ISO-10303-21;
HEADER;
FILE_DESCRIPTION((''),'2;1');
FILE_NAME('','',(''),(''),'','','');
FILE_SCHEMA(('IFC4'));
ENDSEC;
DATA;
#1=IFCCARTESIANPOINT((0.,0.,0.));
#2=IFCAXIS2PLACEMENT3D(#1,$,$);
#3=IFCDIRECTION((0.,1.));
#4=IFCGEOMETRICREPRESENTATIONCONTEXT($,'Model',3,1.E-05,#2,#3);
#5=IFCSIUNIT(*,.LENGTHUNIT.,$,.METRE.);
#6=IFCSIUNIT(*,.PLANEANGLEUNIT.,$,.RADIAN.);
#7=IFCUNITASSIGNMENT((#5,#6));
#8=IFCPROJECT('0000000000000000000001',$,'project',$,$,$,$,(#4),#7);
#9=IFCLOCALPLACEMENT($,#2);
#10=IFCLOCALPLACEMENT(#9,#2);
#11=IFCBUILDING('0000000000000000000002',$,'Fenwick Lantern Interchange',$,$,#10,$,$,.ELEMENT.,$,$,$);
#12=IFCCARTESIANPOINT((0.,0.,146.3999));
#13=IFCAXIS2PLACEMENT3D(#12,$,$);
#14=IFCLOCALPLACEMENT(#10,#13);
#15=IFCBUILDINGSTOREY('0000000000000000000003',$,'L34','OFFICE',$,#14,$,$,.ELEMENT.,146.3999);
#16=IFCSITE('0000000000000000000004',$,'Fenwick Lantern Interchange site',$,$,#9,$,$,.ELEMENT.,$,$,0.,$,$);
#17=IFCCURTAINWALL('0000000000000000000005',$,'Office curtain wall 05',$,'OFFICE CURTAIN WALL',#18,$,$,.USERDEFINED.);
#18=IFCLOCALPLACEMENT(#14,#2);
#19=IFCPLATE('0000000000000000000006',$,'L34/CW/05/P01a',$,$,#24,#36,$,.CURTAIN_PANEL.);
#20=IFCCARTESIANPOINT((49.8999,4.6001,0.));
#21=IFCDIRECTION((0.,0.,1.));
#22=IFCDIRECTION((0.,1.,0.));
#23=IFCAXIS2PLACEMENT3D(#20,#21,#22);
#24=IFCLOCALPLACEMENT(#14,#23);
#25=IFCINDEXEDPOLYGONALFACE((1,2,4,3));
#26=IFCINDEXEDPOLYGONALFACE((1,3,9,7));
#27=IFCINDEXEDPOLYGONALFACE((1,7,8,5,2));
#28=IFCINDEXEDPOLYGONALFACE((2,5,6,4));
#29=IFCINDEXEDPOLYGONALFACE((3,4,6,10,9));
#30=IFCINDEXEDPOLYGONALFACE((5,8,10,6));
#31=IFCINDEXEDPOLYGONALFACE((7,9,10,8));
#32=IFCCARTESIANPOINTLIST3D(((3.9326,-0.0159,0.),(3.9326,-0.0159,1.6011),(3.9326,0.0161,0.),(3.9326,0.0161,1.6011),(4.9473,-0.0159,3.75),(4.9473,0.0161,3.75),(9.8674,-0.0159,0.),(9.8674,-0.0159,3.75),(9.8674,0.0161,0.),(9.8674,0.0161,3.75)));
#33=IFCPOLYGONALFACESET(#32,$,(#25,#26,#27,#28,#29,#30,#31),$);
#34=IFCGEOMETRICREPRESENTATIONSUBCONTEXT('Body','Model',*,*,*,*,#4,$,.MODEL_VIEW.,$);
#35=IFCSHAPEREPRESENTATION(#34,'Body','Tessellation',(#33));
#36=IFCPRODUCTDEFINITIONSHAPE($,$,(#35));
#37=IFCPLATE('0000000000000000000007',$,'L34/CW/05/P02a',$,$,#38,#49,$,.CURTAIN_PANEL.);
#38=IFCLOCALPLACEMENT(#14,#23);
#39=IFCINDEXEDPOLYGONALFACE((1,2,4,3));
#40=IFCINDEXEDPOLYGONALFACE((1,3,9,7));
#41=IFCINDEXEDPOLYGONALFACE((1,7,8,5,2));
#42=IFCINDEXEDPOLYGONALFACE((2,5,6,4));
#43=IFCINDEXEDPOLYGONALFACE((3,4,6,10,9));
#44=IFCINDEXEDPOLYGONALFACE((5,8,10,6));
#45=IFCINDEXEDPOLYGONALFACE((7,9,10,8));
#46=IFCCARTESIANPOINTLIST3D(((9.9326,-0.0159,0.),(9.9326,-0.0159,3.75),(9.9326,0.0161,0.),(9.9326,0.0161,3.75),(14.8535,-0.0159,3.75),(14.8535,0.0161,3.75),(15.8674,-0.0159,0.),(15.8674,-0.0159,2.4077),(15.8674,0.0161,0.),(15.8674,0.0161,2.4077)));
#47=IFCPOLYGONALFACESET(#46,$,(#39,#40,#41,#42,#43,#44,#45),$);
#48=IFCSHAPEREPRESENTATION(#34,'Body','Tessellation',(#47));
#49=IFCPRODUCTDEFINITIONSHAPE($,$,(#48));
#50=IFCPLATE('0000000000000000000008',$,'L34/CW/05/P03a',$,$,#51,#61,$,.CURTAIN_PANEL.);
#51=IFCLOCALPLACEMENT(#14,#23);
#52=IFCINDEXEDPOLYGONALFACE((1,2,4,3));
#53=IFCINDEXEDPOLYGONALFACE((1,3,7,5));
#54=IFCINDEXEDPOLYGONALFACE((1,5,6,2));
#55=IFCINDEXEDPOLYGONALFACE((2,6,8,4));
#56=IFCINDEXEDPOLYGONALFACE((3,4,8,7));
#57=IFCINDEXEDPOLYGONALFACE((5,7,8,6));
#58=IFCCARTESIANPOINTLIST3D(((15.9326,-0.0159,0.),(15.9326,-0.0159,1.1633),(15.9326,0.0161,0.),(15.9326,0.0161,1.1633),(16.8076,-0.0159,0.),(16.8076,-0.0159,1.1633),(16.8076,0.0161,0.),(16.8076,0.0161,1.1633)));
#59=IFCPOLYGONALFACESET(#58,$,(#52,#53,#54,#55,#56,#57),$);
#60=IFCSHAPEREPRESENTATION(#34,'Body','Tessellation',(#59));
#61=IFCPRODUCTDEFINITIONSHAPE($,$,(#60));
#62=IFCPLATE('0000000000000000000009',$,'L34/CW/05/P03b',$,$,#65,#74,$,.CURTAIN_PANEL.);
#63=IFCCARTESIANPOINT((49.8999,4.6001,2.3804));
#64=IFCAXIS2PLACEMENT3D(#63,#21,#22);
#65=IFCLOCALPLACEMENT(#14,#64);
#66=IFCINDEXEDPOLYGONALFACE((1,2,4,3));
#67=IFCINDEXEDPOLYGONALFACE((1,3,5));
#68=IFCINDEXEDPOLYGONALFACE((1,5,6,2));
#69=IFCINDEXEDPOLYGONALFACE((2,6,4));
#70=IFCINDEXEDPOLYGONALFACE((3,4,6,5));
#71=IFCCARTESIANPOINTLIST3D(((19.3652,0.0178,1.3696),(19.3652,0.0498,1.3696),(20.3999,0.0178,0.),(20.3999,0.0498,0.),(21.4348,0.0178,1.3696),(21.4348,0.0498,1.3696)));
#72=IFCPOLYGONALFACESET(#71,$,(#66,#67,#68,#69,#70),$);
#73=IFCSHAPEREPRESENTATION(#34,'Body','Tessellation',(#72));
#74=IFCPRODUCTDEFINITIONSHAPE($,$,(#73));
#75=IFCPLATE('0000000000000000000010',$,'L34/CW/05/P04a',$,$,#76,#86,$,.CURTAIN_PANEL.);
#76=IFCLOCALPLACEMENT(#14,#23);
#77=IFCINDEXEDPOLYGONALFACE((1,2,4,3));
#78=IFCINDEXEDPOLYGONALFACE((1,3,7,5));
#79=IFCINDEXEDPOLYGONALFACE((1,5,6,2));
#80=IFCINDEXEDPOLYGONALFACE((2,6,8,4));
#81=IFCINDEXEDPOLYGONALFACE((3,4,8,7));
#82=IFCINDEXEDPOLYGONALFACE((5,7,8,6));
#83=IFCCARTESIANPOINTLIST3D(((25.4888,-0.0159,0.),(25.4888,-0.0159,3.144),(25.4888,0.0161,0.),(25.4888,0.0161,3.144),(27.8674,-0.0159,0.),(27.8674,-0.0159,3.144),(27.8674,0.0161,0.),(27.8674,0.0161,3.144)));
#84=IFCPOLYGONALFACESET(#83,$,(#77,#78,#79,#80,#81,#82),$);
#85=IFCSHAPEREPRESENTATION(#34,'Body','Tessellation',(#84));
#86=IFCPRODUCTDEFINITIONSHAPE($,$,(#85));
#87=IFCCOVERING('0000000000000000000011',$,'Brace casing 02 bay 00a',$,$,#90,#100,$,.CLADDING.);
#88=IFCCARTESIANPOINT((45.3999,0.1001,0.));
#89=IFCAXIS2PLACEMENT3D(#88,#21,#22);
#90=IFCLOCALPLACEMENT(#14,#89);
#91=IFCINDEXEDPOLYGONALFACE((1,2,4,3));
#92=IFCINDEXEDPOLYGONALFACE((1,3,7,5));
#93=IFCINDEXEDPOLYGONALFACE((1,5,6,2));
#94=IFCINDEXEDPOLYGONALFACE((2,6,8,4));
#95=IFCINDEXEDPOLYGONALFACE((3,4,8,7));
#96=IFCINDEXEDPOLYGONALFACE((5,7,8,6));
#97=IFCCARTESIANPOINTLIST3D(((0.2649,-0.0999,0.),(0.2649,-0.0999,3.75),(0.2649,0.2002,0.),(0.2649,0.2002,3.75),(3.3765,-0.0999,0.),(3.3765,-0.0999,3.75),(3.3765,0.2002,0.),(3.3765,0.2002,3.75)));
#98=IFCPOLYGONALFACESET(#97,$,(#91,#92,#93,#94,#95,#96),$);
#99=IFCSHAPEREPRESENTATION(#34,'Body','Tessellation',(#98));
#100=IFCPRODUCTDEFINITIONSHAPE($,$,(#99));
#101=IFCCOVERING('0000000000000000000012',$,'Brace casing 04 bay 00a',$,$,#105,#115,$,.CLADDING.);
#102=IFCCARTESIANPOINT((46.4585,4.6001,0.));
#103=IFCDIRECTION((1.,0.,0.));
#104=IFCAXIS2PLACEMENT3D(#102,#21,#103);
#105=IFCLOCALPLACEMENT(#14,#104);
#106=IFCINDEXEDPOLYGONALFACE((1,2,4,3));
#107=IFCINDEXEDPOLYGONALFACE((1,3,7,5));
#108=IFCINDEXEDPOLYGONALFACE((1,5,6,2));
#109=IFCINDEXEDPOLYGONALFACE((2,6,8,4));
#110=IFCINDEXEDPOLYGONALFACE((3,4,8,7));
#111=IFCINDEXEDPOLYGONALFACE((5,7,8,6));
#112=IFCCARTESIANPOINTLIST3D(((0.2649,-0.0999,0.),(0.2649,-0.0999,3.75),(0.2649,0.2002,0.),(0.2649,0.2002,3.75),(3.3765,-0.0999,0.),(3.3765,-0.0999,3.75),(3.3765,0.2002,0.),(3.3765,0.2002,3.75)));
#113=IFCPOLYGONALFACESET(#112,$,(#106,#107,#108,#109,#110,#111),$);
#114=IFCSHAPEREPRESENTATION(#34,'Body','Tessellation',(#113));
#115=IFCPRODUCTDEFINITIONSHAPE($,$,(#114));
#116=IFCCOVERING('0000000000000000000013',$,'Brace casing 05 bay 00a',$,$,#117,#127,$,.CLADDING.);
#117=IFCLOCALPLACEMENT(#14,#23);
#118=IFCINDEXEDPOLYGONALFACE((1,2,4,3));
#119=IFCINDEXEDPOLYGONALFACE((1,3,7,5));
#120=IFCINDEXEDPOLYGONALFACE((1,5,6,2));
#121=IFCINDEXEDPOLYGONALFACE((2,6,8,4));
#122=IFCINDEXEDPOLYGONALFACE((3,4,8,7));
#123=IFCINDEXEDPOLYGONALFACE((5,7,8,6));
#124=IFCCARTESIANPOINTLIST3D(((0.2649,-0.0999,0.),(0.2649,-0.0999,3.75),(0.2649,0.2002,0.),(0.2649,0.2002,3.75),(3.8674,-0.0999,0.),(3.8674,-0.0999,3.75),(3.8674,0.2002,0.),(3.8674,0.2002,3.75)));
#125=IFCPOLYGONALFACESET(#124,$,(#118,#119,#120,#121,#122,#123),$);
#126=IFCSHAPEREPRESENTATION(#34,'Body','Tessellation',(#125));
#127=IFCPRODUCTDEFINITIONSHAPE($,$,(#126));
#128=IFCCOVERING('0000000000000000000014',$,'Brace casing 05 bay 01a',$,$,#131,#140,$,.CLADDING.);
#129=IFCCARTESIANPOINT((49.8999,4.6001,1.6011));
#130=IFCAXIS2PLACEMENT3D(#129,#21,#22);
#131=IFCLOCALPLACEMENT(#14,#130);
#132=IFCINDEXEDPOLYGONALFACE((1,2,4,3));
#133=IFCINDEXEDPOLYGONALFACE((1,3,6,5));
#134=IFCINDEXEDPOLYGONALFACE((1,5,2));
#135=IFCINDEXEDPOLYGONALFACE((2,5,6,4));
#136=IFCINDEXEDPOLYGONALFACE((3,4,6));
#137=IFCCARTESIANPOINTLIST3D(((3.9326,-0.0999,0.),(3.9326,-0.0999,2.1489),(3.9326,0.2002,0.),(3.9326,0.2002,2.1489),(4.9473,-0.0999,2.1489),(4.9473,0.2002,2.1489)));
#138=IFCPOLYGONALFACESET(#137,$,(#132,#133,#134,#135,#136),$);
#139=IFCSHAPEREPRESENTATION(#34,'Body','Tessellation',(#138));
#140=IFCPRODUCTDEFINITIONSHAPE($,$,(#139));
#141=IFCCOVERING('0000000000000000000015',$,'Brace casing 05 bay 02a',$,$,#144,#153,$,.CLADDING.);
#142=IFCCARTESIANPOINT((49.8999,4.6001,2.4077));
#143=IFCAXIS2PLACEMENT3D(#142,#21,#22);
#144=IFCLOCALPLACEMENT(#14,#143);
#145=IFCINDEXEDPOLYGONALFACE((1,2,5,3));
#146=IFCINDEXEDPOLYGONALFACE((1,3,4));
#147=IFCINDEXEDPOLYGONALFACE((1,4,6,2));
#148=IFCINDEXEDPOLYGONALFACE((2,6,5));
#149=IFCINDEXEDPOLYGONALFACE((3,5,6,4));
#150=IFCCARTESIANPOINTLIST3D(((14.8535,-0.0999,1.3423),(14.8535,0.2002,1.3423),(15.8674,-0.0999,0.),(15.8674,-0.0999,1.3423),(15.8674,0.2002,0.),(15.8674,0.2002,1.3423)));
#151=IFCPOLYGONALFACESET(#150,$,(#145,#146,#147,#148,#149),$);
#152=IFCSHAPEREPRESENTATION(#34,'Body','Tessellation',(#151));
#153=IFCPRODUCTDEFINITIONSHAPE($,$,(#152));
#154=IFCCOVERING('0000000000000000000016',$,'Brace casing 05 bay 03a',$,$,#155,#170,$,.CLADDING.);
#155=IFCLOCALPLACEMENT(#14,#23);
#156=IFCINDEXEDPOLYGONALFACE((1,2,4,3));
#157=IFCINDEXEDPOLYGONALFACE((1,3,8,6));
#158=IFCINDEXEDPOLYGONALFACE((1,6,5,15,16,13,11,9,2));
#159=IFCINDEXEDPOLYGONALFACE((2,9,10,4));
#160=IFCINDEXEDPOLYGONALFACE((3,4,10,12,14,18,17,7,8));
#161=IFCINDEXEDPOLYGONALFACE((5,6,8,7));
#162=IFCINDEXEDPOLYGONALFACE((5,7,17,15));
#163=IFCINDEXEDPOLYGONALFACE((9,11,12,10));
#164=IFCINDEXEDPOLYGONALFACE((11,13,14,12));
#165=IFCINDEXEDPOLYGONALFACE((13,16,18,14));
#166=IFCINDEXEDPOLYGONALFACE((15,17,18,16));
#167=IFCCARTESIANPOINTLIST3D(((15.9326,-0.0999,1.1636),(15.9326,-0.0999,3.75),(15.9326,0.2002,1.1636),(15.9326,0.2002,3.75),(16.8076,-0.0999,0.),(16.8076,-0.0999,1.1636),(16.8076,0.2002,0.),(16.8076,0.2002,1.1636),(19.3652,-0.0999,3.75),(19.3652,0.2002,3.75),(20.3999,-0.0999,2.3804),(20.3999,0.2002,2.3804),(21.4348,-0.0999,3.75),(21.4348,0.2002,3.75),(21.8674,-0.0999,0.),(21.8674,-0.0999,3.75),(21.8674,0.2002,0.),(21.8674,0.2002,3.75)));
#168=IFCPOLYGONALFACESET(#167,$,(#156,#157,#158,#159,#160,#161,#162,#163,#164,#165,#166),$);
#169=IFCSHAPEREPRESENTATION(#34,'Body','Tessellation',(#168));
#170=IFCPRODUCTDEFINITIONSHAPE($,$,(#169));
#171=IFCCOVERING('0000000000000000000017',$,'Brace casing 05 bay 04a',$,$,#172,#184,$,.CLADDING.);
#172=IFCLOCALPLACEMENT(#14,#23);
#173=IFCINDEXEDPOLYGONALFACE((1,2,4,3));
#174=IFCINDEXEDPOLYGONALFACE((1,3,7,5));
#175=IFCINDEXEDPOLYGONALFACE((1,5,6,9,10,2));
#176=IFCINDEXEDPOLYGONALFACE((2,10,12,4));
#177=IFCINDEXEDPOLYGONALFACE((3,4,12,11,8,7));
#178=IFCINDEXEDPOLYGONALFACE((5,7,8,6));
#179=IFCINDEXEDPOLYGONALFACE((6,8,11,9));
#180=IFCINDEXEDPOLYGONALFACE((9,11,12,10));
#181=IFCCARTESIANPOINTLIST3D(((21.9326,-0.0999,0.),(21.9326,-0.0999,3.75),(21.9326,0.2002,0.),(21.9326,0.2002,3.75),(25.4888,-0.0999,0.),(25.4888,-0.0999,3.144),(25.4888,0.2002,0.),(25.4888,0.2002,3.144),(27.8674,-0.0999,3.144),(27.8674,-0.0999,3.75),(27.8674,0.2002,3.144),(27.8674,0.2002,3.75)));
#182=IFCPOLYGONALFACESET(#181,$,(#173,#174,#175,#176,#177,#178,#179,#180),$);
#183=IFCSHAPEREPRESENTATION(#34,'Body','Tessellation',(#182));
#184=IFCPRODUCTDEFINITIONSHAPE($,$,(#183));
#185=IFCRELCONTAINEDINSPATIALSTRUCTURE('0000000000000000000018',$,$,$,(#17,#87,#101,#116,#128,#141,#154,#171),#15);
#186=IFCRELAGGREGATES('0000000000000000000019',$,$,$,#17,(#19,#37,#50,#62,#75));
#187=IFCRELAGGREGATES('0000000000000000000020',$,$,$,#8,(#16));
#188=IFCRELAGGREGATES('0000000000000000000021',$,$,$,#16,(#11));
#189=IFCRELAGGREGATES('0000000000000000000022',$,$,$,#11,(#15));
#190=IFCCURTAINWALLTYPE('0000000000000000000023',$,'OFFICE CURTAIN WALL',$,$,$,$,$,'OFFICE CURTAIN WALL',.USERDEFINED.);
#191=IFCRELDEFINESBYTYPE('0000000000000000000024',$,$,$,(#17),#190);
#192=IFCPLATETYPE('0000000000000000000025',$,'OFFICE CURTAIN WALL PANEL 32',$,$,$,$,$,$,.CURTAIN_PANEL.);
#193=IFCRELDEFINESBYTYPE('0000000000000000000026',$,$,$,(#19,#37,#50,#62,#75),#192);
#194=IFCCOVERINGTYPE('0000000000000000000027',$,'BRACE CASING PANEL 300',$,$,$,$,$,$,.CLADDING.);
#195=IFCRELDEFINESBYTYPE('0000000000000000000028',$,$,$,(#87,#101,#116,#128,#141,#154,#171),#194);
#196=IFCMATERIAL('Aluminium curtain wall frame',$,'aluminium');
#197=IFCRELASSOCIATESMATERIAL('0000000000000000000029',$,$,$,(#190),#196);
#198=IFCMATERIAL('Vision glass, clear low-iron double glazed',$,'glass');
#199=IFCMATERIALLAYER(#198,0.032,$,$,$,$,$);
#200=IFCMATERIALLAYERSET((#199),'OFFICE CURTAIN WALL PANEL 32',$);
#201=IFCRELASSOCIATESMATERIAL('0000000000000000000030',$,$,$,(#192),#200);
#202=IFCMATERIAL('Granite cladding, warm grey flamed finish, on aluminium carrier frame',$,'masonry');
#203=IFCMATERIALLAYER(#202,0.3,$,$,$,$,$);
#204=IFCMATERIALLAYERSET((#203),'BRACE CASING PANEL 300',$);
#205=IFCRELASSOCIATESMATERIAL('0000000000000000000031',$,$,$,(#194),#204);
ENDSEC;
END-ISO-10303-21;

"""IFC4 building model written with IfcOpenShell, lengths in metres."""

from ifc_helpers import new_model, si_unit, direction, frame, origin, place, context, subcontext, project, spatial, polyline, outline, extrude, material, layer, layer_set, type_object, element, aggregate, save


model = new_model("IFC4")

# Units and contexts
model_context = context("Model", 3, precision=1e-05, world=origin(), true_north=direction((0.0, 1.0)))
body_context = subcontext(model_context, "Body", "Model", "MODEL_VIEW")
ifc_project = project(units=[si_unit("LENGTHUNIT", "METRE"), si_unit("PLANEANGLEUNIT", "RADIAN")], contexts=[model_context])

# Site, building, storey
site_placement = place(None, origin())
site = spatial("IfcSite", under=ifc_project, at=site_placement, Name="Fenwick Lantern Interchange site", CompositionType="ELEMENT", RefElevation=0.0)
building_placement = place(site_placement, origin())
building = spatial("IfcBuilding", under=site, at=building_placement, Name="Fenwick Lantern Interchange", CompositionType="ELEMENT")
storey_placement = place(building_placement, frame((0.0, 0.0, 146.3999)))
storey = spatial("IfcBuildingStorey", under=building, at=storey_placement, Name="L34", Description="OFFICE", CompositionType="ELEMENT", Elevation=146.3999)

# Shared definitions
ifc_material_1 = material(Name="Aluminium curtain wall frame", Category="aluminium")
curtain_wall_type = type_object("IfcCurtainWallType", Name="OFFICE CURTAIN WALL", ElementType="OFFICE CURTAIN WALL", PredefinedType="USERDEFINED", material=ifc_material_1)

# Shared definitions
ifc_material_2 = material(Name="Vision glass, clear low-iron double glazed", Category="glass")
ifc_layer_1 = layer(ifc_material_2, 0.032)
ifc_layer_set_1 = layer_set([ifc_layer_1], Name="OFFICE CURTAIN WALL PANEL 32")
plate_type = type_object("IfcPlateType", Name="OFFICE CURTAIN WALL PANEL 32", PredefinedType="CURTAIN_PANEL", material=ifc_layer_set_1)

# Curtain wall, plates
curtain_wall_1_placement = place(storey_placement, origin())
curtain_wall_1 = element("IfcCurtainWall", 1, at=curtain_wall_1_placement, inside=storey, type_object=curtain_wall_type, Name="Office curtain wall 05", ObjectType="OFFICE CURTAIN WALL", PredefinedType="USERDEFINED")
plate_1_placement = place(storey_placement, frame((49.8999, 4.6001, 0.0), z_axis=(0.0, 0.0, 1.0), x_axis=(0.0, 1.0, 0.0)))
plate_1 = element("IfcPlate", 2, at=plate_1_placement, type_object=plate_type, Name="L34/CW/05/P01a", PredefinedType="CURTAIN_PANEL", context=body_context, shape_type="SweptSolid", body=[
    extrude(outline(polyline([(3.9326, 0.0), (9.8674, 0.0), (9.8674, 3.75), (4.9473, 3.75), (3.9326, 1.6011), (3.9326, 0.0)])), frame((0.0, 0.0161, 0.0), z_axis=(0.0, -1.0, 0.0), x_axis=(1.0, 0.0, 0.0)), (0.0, 0.0, 1.0), 0.032),
])
plate_2_placement = place(storey_placement, frame((49.8999, 4.6001, 0.0), z_axis=(0.0, 0.0, 1.0), x_axis=(0.0, 1.0, 0.0)))
plate_2 = element("IfcPlate", 3, at=plate_2_placement, type_object=plate_type, Name="L34/CW/05/P02a", PredefinedType="CURTAIN_PANEL", context=body_context, shape_type="SweptSolid", body=[
    extrude(outline(polyline([(9.9326, 0.0), (15.8674, 0.0), (15.8674, 2.4077), (14.8535, 3.75), (9.9326, 3.75), (9.9326, 0.0)])), frame((0.0, 0.0161, 0.0), z_axis=(0.0, -1.0, 0.0), x_axis=(1.0, 0.0, 0.0)), (0.0, 0.0, 1.0), 0.032),
])
plate_3_placement = place(storey_placement, frame((49.8999, 4.6001, 0.0), z_axis=(0.0, 0.0, 1.0), x_axis=(0.0, 1.0, 0.0)))
plate_3 = element("IfcPlate", 4, at=plate_3_placement, type_object=plate_type, Name="L34/CW/05/P03a", PredefinedType="CURTAIN_PANEL", context=body_context, shape_type="SweptSolid", body=[
    extrude(outline(polyline([(15.9326, 0.0), (16.8076, 0.0), (16.8076, 1.1633), (15.9326, 1.1633), (15.9326, 0.0)])), frame((0.0, 0.0161, 0.0), z_axis=(0.0, -1.0, 0.0), x_axis=(1.0, 0.0, 0.0)), (0.0, 0.0, 1.0), 0.032),
])
plate_4_placement = place(storey_placement, frame((49.8999, 4.6001, 2.3804), z_axis=(0.0, 0.0, 1.0), x_axis=(0.0, 1.0, 0.0)))
plate_4 = element("IfcPlate", 5, at=plate_4_placement, type_object=plate_type, Name="L34/CW/05/P03b", PredefinedType="CURTAIN_PANEL", context=body_context, shape_type="SweptSolid", body=[
    extrude(outline(polyline([(20.3999, 0.0), (21.4348, 1.3696), (19.3652, 1.3696), (20.3999, 0.0)])), frame((0.0, 0.0498, 0.0), z_axis=(0.0, -1.0, 0.0), x_axis=(1.0, 0.0, 0.0)), (0.0, 0.0, 1.0), 0.032),
])
plate_5_placement = place(storey_placement, frame((49.8999, 4.6001, 0.0), z_axis=(0.0, 0.0, 1.0), x_axis=(0.0, 1.0, 0.0)))
plate_5 = element("IfcPlate", 6, at=plate_5_placement, type_object=plate_type, Name="L34/CW/05/P04a", PredefinedType="CURTAIN_PANEL", context=body_context, shape_type="SweptSolid", body=[
    extrude(outline(polyline([(25.4888, 0.0), (27.8674, 0.0), (27.8674, 3.144), (25.4888, 3.144), (25.4888, 0.0)])), frame((0.0, 0.0161, 0.0), z_axis=(0.0, -1.0, 0.0), x_axis=(1.0, 0.0, 0.0)), (0.0, 0.0, 1.0), 0.032),
])
aggregate(curtain_wall_1, [plate_1, plate_2, plate_3, plate_4, plate_5])

# Coverings
ifc_material_3 = material(Name="Granite cladding, warm grey flamed finish, on aluminium carrier frame", Category="masonry")
ifc_layer_2 = layer(ifc_material_3, 0.3)
ifc_layer_set_2 = layer_set([ifc_layer_2], Name="BRACE CASING PANEL 300")
covering_type = type_object("IfcCoveringType", Name="BRACE CASING PANEL 300", PredefinedType="CLADDING", material=ifc_layer_set_2)
for number, where, z_axis, x_axis, name in (
    (7, (45.3999, 0.1001, 0.0), (0.0, 0.0, 1.0), (0.0, 1.0, 0.0), "Brace casing 02 bay 00a"),
    (8, (46.4585, 4.6001, 0.0), (0.0, 0.0, 1.0), (1.0, 0.0, 0.0), "Brace casing 04 bay 00a"),
):
    element("IfcCovering", number, at=place(storey_placement, frame(where, z_axis=z_axis, x_axis=x_axis)), inside=storey, type_object=covering_type, Name=name, PredefinedType="CLADDING", context=body_context, shape_type="SweptSolid", body=[
        extrude(outline(polyline([(0.2649, 0.0), (3.3765, 0.0), (3.3765, 3.75), (0.2649, 3.75), (0.2649, 0.0)])), frame((0.0, 0.2002, 0.0), z_axis=(0.0, -1.0, 0.0), x_axis=(1.0, 0.0, 0.0)), (0.0, 0.0, 1.0), 0.3),
    ])
covering_1_placement = place(storey_placement, frame((49.8999, 4.6001, 0.0), z_axis=(0.0, 0.0, 1.0), x_axis=(0.0, 1.0, 0.0)))
element("IfcCovering", 9, at=covering_1_placement, inside=storey, type_object=covering_type, Name="Brace casing 05 bay 00a", PredefinedType="CLADDING", context=body_context, shape_type="SweptSolid", body=[
    extrude(outline(polyline([(0.2649, 0.0), (3.8674, 0.0), (3.8674, 3.75), (0.2649, 3.75), (0.2649, 0.0)])), frame((0.0, 0.2002, 0.0), z_axis=(0.0, -1.0, 0.0), x_axis=(1.0, 0.0, 0.0)), (0.0, 0.0, 1.0), 0.3),
])
covering_2_placement = place(storey_placement, frame((49.8999, 4.6001, 1.6011), z_axis=(0.0, 0.0, 1.0), x_axis=(0.0, 1.0, 0.0)))
element("IfcCovering", 10, at=covering_2_placement, inside=storey, type_object=covering_type, Name="Brace casing 05 bay 01a", PredefinedType="CLADDING", context=body_context, shape_type="SweptSolid", body=[
    extrude(outline(polyline([(3.9326, 0.0), (4.9473, 2.1489), (3.9326, 2.1489), (3.9326, 0.0)])), frame((0.0, 0.2002, 0.0), z_axis=(0.0, -1.0, 0.0), x_axis=(1.0, 0.0, 0.0)), (0.0, 0.0, 1.0), 0.3),
])
covering_3_placement = place(storey_placement, frame((49.8999, 4.6001, 2.4077), z_axis=(0.0, 0.0, 1.0), x_axis=(0.0, 1.0, 0.0)))
element("IfcCovering", 11, at=covering_3_placement, inside=storey, type_object=covering_type, Name="Brace casing 05 bay 02a", PredefinedType="CLADDING", context=body_context, shape_type="SweptSolid", body=[
    extrude(outline(polyline([(15.8674, 0.0), (15.8674, 1.3423), (14.8535, 1.3423), (15.8674, 0.0)])), frame((0.0, 0.2002, 0.0), z_axis=(0.0, -1.0, 0.0), x_axis=(1.0, 0.0, 0.0)), (0.0, 0.0, 1.0), 0.3),
])
covering_4_placement = place(storey_placement, frame((49.8999, 4.6001, 0.0), z_axis=(0.0, 0.0, 1.0), x_axis=(0.0, 1.0, 0.0)))
element("IfcCovering", 12, at=covering_4_placement, inside=storey, type_object=covering_type, Name="Brace casing 05 bay 03a", PredefinedType="CLADDING", context=body_context, shape_type="SweptSolid", body=[
    extrude(outline(polyline([(16.8076, 0.0), (21.8674, 0.0), (21.8674, 3.75), (21.4348, 3.75), (20.3999, 2.3804), (19.3652, 3.75), (15.9326, 3.75), (15.9326, 1.1636), (16.8076, 1.1636), (16.8076, 0.0)])), frame((0.0, 0.2002, 0.0), z_axis=(0.0, -1.0, 0.0), x_axis=(1.0, 0.0, 0.0)), (0.0, 0.0, 1.0), 0.3),
])
covering_5_placement = place(storey_placement, frame((49.8999, 4.6001, 0.0), z_axis=(0.0, 0.0, 1.0), x_axis=(0.0, 1.0, 0.0)))
element("IfcCovering", 13, at=covering_5_placement, inside=storey, type_object=covering_type, Name="Brace casing 05 bay 04a", PredefinedType="CLADDING", context=body_context, shape_type="SweptSolid", body=[
    extrude(outline(polyline([(21.9326, 0.0), (25.4888, 0.0), (25.4888, 3.144), (27.8674, 3.144), (27.8674, 3.75), (21.9326, 3.75), (21.9326, 0.0)])), frame((0.0, 0.2002, 0.0), z_axis=(0.0, -1.0, 0.0), x_axis=(1.0, 0.0, 0.0)), (0.0, 0.0, 1.0), 0.3),
])

save(model, "model.ifc")
